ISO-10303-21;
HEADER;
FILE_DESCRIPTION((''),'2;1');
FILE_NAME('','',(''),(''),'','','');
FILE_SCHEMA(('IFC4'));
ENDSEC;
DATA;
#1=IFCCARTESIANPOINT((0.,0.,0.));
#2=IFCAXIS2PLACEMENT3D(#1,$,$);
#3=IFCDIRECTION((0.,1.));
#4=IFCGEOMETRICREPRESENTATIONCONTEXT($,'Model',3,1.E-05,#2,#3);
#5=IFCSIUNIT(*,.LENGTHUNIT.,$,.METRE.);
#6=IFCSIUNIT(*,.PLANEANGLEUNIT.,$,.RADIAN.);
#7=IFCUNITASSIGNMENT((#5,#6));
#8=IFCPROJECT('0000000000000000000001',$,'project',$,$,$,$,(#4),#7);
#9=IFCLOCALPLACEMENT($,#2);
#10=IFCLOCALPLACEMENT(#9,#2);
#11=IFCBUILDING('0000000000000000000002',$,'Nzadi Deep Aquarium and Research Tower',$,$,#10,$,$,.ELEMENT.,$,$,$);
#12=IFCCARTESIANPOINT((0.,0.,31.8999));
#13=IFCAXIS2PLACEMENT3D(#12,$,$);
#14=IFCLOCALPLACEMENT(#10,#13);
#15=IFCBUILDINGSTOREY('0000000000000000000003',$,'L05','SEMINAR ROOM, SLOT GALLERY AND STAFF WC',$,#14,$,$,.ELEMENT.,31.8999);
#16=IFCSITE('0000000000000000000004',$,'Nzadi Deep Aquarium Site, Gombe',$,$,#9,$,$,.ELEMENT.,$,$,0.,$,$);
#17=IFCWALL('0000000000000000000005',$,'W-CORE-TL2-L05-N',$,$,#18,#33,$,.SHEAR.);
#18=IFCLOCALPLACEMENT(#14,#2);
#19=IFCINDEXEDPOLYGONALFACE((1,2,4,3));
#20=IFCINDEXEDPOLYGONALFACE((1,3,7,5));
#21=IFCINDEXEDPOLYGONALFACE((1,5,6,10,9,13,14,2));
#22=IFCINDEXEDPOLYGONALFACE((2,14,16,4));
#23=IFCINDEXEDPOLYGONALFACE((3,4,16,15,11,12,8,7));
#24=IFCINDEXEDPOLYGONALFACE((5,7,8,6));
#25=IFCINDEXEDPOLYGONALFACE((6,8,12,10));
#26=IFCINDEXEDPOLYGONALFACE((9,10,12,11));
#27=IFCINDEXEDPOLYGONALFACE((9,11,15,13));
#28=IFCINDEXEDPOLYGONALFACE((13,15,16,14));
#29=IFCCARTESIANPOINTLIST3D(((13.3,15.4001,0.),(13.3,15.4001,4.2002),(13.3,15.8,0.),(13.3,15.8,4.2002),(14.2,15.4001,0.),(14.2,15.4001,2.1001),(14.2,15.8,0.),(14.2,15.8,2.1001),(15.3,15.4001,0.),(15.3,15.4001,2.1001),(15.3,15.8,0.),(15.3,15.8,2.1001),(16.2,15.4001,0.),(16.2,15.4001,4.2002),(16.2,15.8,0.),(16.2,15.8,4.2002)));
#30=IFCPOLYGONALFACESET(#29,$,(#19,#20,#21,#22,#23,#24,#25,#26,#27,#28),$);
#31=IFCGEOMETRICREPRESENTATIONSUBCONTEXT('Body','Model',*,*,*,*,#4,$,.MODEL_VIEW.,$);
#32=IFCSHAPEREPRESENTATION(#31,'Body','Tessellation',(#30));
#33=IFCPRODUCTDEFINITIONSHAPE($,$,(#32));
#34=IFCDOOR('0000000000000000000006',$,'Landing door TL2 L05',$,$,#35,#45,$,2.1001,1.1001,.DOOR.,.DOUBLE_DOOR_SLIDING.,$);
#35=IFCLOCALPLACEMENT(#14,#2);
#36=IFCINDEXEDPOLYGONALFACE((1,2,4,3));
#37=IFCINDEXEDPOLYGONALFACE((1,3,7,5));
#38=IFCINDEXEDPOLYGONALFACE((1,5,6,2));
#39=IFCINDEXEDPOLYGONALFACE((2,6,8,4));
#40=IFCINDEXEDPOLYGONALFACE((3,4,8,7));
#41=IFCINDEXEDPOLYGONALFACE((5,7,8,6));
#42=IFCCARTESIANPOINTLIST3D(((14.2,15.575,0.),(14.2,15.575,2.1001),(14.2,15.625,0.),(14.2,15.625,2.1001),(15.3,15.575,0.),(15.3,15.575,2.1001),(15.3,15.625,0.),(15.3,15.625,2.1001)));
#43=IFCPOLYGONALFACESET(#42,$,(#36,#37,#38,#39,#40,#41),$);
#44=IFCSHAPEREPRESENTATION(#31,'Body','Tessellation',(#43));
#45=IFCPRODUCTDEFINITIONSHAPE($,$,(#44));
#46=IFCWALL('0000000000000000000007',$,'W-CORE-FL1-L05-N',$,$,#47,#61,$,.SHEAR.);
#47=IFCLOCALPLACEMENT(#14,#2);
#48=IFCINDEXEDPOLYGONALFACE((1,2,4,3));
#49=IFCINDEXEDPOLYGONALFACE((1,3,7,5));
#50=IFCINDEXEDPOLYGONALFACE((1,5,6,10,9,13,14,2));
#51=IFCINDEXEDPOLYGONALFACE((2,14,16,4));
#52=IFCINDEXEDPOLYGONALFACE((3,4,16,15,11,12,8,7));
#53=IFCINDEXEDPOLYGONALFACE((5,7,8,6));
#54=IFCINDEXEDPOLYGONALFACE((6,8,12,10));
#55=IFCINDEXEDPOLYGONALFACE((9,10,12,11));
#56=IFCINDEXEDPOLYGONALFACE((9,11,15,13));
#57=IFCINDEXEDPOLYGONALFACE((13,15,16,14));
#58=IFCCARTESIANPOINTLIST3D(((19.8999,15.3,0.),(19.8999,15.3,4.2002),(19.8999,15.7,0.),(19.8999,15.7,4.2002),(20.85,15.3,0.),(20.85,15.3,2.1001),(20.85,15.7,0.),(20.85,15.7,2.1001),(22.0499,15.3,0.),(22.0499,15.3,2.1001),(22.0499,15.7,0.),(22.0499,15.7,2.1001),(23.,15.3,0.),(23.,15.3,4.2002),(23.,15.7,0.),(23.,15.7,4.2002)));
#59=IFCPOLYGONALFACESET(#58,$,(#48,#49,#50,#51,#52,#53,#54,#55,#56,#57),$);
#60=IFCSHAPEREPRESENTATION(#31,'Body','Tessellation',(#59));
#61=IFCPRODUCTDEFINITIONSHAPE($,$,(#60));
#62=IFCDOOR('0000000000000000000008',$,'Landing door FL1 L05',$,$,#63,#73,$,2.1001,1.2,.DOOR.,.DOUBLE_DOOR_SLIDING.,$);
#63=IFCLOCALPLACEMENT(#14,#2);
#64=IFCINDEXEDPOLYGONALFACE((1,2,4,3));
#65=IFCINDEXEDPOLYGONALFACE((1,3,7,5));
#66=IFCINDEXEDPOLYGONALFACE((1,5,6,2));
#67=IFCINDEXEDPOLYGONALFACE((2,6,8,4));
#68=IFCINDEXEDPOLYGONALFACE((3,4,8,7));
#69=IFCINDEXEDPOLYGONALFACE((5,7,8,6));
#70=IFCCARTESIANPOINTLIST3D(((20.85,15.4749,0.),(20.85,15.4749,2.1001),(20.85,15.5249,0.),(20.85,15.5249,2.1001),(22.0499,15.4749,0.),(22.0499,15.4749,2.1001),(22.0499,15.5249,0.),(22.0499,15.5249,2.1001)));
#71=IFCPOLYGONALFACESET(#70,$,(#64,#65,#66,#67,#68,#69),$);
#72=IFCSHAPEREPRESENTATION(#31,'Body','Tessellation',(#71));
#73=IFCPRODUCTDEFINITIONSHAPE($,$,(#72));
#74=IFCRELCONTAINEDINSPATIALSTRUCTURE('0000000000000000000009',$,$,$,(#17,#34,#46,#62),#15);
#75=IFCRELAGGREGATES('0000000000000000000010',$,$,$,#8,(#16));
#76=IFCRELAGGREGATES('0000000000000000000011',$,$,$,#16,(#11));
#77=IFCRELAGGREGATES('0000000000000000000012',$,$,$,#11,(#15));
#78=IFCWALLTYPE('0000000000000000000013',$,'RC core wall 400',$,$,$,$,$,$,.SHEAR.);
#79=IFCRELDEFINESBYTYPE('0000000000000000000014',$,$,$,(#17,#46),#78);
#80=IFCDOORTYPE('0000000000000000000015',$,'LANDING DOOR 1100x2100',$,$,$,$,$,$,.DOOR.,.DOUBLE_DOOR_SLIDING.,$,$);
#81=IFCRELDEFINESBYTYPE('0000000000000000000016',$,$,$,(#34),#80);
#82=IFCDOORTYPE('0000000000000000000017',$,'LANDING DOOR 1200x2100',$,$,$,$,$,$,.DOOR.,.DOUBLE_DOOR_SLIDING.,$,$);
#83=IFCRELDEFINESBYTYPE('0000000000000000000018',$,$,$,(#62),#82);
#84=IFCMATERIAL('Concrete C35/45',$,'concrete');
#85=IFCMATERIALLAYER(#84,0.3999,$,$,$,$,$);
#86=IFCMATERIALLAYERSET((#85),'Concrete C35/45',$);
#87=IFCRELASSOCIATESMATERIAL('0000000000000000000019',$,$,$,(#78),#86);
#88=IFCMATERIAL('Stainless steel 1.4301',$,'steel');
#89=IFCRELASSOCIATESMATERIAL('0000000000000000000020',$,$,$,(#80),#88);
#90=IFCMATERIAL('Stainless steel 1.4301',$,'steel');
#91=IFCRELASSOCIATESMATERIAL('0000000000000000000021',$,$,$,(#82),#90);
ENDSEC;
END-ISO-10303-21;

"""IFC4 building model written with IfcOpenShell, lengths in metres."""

from ifc_helpers import new_model, si_unit, direction, frame, frame_2d, origin, place, context, subcontext, project, spatial, rectangle, extrude, material, layer, layer_set, type_object, element, fill, save


model = new_model("IFC4")

# Units and contexts
model_context = context("Model", 3, precision=1e-05, world=origin(), true_north=direction((0.0, 1.0)))
body_context = subcontext(model_context, "Body", "Model", "MODEL_VIEW")
ifc_project = project(units=[si_unit("LENGTHUNIT", "METRE"), si_unit("PLANEANGLEUNIT", "RADIAN")], contexts=[model_context])

# Site, building, storey
site_placement = place(None, origin())
site = spatial("IfcSite", under=ifc_project, at=site_placement, Name="Nzadi Deep Aquarium Site, Gombe", CompositionType="ELEMENT", RefElevation=0.0)
building_placement = place(site_placement, origin())
building = spatial("IfcBuilding", under=site, at=building_placement, Name="Nzadi Deep Aquarium and Research Tower", CompositionType="ELEMENT")
storey_placement = place(building_placement, frame((0.0, 0.0, 31.8999)))
storey = spatial("IfcBuildingStorey", under=building, at=storey_placement, Name="L05", Description="SEMINAR ROOM, SLOT GALLERY AND STAFF WC", CompositionType="ELEMENT", Elevation=31.8999)

# Walls, openings, doors
ifc_material_1 = material(Name="Concrete C35/45", Category="concrete")
ifc_layer_1 = layer(ifc_material_1, 0.3999)
ifc_layer_set_1 = layer_set([ifc_layer_1], Name="Concrete C35/45")
wall_type_1 = type_object("IfcWallType", Name="RC core wall 400", PredefinedType="SHEAR", material=ifc_layer_set_1)
ifc_material_2 = material(Name="Stainless steel 1.4301", Category="steel")
door_type_1 = type_object("IfcDoorType", Name="LANDING DOOR 1100x2100", OperationType="DOUBLE_DOOR_SLIDING", PredefinedType="DOOR", material=ifc_material_2)
wall_1_placement = place(storey_placement, frame((13.3, 15.6001, 0.0), z_axis=(0.0, 0.0, 1.0), x_axis=(1.0, 0.0, 0.0)))
wall_1 = element("IfcWall", 1, at=wall_1_placement, inside=storey, type_object=wall_type_1, Name="W-CORE-TL2-L05-N", PredefinedType="SHEAR", context=body_context, shape_type="SweptSolid", body=[
    extrude(rectangle(XDim=2.8999, YDim=0.3999, at=frame_2d((1.45, 0.0))), origin(), (0.0, 0.0, 1.0), 4.2002),
])
opening_1_placement = place(wall_1_placement, frame((0.8999, 0.0, 0.0)))
opening_1 = element("IfcOpeningElement", 2, at=opening_1_placement, cuts=wall_1, PredefinedType="OPENING", context=body_context, shape_type="SweptSolid", body=[
    extrude(rectangle(XDim=1.1001, YDim=2.1001, at=frame_2d((0.55, 1.05))), frame((0.0, 0.21, 0.0), z_axis=(0.0, -1.0, 0.0), x_axis=(1.0, 0.0, 0.0)), (0.0, 0.0, 1.0), 0.4199),
])
door_1_placement = place(opening_1_placement, origin())
door_1 = element("IfcDoor", 3, at=door_1_placement, inside=storey, type_object=door_type_1, Name="Landing door TL2 L05", OperationType="DOUBLE_DOOR_SLIDING", OverallHeight=2.1001, OverallWidth=1.1001, PredefinedType="DOOR", context=body_context, shape_type="SweptSolid", body=[
    extrude(rectangle(XDim=1.1001, YDim=2.1001, at=frame_2d((0.55, 1.05))), frame((0.0, 0.0249, 0.0), z_axis=(0.0, -1.0, 0.0), x_axis=(1.0, 0.0, 0.0)), (0.0, 0.0, 1.0), 0.05),
])
fill(opening_1, door_1)
wall_2_placement = place(storey_placement, frame((19.8999, 15.5, 0.0), z_axis=(0.0, 0.0, 1.0), x_axis=(1.0, 0.0, 0.0)))
wall_2 = element("IfcWall", 4, at=wall_2_placement, inside=storey, type_object=wall_type_1, Name="W-CORE-FL1-L05-N", PredefinedType="SHEAR", context=body_context, shape_type="SweptSolid", body=[
    extrude(rectangle(XDim=3.1001, YDim=0.3999, at=frame_2d((1.55, 0.0))), origin(), (0.0, 0.0, 1.0), 4.2002),
])
opening_2_placement = place(wall_2_placement, frame((0.95, 0.0, 0.0)))
opening_2 = element("IfcOpeningElement", 5, at=opening_2_placement, cuts=wall_2, PredefinedType="OPENING", context=body_context, shape_type="SweptSolid", body=[
    extrude(rectangle(XDim=1.2, YDim=2.1001, at=frame_2d((0.6001, 1.05))), frame((0.0, 0.21, 0.0), z_axis=(0.0, -1.0, 0.0), x_axis=(1.0, 0.0, 0.0)), (0.0, 0.0, 1.0), 0.4199),
])
ifc_material_3 = material(Name="Stainless steel 1.4301", Category="steel")
door_type_2 = type_object("IfcDoorType", Name="LANDING DOOR 1200x2100", OperationType="DOUBLE_DOOR_SLIDING", PredefinedType="DOOR", material=ifc_material_3)
door_2_placement = place(opening_2_placement, origin())
door_2 = element("IfcDoor", 6, at=door_2_placement, inside=storey, type_object=door_type_2, Name="Landing door FL1 L05", OperationType="DOUBLE_DOOR_SLIDING", OverallHeight=2.1001, OverallWidth=1.2, PredefinedType="DOOR", context=body_context, shape_type="SweptSolid", body=[
    extrude(rectangle(XDim=1.2, YDim=2.1001, at=frame_2d((0.6001, 1.05))), frame((0.0, 0.0249, 0.0), z_axis=(0.0, -1.0, 0.0), x_axis=(1.0, 0.0, 0.0)), (0.0, 0.0, 1.0), 0.05),
])
fill(opening_2, door_2)

save(model, "model.ifc")
